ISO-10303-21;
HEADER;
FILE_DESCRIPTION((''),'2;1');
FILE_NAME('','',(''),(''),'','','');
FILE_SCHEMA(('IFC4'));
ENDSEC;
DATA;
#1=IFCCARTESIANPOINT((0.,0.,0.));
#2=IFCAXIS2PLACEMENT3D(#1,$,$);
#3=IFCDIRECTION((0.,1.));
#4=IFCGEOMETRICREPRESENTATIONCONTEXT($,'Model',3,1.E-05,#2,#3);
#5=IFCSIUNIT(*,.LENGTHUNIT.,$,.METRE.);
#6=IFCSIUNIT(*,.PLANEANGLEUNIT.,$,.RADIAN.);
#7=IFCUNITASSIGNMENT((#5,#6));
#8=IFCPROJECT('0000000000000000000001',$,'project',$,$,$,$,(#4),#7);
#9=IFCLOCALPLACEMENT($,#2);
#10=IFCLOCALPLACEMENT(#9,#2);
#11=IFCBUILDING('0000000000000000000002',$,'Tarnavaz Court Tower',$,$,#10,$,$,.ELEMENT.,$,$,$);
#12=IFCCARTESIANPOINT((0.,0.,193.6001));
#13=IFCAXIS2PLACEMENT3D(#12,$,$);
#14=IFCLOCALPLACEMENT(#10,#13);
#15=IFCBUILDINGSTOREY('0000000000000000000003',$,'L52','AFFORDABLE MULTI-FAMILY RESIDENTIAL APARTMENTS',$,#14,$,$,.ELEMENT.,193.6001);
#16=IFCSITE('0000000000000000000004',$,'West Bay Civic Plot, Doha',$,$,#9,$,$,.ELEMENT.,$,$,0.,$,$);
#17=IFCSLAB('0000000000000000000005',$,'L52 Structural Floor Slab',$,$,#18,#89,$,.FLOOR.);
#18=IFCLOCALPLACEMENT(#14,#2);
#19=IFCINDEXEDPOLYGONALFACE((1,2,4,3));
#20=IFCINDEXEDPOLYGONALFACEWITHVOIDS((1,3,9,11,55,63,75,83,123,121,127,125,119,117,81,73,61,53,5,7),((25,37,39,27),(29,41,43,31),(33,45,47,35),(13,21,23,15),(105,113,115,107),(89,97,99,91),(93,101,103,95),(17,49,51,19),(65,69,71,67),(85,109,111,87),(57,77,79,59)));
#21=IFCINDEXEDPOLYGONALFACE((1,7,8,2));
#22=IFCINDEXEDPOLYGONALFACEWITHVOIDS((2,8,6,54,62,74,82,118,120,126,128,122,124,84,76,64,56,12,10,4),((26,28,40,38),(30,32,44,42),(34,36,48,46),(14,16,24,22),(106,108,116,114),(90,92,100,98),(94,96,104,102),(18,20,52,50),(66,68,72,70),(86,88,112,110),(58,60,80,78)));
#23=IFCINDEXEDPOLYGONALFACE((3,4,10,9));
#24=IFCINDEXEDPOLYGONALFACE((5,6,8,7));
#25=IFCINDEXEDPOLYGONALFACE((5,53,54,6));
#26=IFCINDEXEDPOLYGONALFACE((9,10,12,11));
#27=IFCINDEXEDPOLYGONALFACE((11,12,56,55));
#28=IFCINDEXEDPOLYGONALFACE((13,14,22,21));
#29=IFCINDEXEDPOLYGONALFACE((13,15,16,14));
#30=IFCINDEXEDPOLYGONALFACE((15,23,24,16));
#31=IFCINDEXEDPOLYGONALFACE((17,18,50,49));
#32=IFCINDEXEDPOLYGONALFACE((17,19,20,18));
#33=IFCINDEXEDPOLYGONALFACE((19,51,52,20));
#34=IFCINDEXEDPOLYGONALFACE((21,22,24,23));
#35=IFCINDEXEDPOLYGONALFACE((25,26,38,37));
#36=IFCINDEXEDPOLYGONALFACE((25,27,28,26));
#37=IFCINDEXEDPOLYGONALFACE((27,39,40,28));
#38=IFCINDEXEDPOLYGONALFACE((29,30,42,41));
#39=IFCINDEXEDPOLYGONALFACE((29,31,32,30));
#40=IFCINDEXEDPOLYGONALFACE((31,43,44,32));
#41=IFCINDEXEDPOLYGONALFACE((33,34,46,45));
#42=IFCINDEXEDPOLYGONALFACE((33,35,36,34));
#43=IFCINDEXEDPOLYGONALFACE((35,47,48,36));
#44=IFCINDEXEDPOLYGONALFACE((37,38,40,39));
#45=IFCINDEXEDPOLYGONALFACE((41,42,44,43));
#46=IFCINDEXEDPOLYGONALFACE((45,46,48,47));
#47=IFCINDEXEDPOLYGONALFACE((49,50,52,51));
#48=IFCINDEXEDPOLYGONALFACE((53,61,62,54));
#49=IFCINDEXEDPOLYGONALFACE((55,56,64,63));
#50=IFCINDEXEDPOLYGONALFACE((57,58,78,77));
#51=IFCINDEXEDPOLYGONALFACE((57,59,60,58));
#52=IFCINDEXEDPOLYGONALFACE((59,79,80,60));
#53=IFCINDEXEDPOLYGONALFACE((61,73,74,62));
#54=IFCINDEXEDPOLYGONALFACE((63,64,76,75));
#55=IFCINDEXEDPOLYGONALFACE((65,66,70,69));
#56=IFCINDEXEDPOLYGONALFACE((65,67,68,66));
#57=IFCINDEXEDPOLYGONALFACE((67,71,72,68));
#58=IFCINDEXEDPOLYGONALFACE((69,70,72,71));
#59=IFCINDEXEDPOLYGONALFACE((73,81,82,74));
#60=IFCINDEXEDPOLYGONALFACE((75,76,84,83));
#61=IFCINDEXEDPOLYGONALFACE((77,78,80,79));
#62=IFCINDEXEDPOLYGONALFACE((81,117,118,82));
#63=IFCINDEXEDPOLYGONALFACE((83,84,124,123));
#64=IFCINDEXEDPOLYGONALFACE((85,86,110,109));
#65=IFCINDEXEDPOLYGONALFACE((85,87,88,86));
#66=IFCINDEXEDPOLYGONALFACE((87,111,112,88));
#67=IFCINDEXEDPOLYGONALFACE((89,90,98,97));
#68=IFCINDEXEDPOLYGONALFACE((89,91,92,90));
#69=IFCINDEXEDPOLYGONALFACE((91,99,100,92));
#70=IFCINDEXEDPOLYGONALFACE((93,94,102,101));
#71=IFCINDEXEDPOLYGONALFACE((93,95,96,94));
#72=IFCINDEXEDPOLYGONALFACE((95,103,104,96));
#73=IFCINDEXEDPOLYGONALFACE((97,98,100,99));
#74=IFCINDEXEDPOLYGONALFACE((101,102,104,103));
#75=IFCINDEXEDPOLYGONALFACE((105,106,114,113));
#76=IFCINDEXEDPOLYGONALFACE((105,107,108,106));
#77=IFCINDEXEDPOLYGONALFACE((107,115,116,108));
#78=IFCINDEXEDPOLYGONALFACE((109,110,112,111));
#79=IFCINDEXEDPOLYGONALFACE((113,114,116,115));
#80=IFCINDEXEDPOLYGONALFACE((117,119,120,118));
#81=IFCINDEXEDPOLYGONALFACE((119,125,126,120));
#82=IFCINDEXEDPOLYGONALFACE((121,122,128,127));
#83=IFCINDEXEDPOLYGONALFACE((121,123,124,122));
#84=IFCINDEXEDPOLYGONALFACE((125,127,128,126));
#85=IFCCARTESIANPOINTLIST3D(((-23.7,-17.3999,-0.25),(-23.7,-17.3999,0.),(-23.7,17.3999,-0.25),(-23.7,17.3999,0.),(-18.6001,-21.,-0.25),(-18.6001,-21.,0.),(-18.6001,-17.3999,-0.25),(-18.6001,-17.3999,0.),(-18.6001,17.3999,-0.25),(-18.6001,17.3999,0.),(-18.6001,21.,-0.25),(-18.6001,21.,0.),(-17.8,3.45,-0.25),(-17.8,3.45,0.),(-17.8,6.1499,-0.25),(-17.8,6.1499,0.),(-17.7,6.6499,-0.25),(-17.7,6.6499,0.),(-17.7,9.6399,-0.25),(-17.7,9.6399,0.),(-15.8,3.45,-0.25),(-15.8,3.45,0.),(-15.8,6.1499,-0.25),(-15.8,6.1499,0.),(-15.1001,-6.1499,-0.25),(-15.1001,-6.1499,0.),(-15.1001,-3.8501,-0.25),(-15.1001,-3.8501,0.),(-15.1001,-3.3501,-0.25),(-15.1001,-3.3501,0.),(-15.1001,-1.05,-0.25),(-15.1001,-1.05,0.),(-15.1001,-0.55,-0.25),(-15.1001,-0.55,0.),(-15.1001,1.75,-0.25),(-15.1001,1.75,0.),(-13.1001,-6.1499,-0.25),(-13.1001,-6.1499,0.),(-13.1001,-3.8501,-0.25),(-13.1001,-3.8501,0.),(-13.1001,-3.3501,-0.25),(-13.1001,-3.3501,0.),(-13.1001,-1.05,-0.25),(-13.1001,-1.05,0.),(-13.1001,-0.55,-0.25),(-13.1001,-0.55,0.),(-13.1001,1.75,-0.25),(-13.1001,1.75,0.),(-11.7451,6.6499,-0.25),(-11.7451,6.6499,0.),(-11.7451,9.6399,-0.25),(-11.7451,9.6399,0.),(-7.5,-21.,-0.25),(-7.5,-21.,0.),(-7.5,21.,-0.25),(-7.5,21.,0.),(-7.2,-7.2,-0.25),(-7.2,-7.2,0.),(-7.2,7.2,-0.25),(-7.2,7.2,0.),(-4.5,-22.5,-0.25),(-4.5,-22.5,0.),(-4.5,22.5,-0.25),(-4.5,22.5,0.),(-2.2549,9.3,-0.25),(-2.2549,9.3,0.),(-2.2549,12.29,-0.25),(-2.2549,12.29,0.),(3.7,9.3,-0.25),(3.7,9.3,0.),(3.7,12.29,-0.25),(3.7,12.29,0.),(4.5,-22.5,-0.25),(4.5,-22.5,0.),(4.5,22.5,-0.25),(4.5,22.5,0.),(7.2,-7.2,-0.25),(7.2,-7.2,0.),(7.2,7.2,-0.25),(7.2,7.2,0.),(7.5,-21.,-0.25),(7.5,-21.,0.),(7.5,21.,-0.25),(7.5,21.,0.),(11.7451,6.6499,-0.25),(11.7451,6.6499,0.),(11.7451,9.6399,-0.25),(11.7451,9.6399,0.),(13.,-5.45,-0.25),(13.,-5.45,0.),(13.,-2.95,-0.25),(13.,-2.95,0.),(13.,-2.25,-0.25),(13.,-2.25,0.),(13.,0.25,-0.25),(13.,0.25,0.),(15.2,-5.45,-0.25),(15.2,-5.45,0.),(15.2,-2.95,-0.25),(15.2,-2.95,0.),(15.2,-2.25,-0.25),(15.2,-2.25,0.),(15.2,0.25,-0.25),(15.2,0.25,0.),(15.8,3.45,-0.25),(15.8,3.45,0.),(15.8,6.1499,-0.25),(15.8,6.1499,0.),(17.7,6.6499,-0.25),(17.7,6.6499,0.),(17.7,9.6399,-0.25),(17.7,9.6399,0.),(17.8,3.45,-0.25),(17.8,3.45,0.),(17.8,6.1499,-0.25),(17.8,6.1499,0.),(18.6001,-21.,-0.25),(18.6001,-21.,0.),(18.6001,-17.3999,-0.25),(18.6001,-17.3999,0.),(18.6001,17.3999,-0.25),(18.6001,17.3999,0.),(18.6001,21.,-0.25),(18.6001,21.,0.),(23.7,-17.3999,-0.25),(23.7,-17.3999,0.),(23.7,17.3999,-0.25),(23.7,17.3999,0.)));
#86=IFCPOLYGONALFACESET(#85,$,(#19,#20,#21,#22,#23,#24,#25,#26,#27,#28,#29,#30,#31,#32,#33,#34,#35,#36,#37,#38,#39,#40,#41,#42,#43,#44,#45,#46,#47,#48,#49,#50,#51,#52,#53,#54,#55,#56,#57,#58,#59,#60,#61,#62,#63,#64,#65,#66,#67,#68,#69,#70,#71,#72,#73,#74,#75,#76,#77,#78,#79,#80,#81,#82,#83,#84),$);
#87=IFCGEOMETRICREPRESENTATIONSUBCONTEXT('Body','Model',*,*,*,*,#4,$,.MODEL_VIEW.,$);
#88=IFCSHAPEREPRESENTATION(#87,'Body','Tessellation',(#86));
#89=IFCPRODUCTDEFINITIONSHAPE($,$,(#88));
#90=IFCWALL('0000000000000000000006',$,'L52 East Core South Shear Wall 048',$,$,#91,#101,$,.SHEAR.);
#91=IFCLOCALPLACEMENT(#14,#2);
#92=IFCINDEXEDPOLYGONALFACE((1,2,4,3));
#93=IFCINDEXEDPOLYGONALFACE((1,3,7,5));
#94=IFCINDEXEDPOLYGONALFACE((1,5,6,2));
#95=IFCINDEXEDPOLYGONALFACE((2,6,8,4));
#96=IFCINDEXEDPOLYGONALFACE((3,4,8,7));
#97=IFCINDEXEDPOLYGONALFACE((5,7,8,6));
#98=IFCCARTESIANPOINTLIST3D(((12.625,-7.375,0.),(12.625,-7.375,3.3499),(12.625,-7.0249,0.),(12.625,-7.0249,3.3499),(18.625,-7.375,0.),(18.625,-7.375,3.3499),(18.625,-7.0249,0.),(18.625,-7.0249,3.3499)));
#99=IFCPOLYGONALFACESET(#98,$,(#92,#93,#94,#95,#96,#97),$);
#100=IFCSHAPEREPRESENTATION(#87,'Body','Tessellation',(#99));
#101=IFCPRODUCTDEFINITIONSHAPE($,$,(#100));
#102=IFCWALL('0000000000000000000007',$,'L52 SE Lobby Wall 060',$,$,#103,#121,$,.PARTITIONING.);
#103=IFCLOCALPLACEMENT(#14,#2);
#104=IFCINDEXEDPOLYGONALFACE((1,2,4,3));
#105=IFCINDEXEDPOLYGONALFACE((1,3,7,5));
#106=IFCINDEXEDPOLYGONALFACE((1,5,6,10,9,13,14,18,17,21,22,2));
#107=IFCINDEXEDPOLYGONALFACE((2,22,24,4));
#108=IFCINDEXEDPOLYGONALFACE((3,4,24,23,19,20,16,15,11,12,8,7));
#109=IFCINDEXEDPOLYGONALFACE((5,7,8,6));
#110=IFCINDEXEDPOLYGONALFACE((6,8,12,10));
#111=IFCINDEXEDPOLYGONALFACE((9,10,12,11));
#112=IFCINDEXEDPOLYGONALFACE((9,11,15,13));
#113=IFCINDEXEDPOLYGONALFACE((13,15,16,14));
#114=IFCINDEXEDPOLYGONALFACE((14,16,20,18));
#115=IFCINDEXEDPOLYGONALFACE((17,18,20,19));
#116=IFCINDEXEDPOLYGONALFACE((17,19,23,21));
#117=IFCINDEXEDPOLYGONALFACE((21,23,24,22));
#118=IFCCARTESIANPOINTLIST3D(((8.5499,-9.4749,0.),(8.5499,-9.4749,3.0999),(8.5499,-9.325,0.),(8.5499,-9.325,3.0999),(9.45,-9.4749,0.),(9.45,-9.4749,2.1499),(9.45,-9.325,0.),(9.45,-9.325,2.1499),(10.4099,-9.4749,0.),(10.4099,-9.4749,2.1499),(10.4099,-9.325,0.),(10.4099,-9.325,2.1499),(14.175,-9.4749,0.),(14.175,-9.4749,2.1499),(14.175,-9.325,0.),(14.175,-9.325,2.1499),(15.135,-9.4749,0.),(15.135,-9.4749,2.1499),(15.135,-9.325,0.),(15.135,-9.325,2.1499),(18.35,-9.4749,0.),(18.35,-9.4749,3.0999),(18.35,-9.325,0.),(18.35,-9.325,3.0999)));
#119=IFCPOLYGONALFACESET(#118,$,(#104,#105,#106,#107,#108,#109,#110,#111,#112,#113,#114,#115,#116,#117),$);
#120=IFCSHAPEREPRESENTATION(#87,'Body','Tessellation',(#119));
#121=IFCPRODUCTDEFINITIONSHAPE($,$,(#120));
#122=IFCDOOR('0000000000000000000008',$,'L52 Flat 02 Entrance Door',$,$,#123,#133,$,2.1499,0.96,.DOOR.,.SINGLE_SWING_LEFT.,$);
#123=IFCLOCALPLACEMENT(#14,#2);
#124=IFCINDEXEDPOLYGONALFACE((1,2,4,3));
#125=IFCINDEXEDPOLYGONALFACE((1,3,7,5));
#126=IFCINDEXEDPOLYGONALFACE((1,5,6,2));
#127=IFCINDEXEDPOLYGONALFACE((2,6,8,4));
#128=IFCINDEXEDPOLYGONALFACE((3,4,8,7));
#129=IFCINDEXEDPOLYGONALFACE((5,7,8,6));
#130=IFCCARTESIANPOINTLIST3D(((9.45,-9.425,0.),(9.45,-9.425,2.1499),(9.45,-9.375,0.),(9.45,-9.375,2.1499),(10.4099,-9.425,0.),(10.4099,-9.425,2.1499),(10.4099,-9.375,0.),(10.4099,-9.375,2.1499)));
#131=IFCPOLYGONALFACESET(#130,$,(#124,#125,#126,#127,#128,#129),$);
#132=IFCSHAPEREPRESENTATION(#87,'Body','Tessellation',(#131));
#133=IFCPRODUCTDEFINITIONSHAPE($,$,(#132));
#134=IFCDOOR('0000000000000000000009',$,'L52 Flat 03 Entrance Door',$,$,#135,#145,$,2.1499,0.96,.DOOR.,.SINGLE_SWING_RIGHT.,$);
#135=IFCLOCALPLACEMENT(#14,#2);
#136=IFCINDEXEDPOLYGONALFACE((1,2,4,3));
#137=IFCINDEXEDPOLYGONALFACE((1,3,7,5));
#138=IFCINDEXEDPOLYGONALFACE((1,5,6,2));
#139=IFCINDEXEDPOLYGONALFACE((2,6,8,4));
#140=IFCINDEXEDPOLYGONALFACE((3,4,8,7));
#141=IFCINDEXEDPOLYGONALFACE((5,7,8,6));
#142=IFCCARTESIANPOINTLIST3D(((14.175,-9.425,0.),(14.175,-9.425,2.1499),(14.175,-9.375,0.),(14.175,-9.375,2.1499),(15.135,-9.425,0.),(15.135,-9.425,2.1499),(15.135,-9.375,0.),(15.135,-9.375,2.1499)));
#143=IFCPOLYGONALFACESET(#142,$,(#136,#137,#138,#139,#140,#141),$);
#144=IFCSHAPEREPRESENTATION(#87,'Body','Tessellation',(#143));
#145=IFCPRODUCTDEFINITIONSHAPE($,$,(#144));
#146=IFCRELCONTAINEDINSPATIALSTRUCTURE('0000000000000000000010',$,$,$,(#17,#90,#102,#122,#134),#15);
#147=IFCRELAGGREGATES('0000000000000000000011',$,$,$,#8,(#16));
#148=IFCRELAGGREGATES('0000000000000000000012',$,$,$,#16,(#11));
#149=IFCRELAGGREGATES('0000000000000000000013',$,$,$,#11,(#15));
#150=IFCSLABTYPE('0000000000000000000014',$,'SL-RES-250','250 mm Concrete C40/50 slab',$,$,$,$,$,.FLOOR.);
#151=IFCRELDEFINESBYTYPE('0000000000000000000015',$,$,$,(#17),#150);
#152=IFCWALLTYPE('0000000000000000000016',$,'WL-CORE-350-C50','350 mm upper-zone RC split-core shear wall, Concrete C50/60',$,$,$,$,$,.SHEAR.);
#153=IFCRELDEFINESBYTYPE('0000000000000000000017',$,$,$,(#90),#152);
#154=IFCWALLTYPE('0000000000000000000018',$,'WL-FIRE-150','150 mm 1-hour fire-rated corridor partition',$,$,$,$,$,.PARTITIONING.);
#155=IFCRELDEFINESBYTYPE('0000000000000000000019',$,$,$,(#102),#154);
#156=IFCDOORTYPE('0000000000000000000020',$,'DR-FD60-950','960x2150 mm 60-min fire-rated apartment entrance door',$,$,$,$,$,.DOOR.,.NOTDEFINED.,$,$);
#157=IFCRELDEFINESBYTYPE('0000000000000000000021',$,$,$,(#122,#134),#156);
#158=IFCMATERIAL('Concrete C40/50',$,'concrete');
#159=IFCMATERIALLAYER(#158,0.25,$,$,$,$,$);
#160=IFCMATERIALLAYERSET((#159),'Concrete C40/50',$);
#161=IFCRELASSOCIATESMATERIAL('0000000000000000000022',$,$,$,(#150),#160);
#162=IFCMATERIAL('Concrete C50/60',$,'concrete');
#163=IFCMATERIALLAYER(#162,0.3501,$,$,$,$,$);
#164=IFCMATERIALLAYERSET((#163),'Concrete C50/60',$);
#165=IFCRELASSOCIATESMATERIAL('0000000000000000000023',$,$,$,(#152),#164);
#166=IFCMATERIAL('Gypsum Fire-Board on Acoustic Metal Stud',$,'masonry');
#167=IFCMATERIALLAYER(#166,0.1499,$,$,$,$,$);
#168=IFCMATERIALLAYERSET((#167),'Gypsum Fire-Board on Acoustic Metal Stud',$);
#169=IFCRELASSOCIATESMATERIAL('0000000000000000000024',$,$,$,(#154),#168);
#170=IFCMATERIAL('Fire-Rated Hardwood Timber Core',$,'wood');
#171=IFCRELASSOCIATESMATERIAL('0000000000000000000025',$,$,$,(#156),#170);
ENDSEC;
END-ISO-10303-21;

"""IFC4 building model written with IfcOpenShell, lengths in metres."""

from ifc_helpers import new_model, si_unit, direction, frame, frame_2d, origin, place, context, subcontext, project, spatial, polyline, rectangle, outline, extrude, material, layer, layer_set, type_object, element, fill, save


model = new_model("IFC4")

# Units and contexts
model_context = context("Model", 3, precision=1e-05, world=origin(), true_north=direction((0.0, 1.0)))
body_context = subcontext(model_context, "Body", "Model", "MODEL_VIEW")
ifc_project = project(units=[si_unit("LENGTHUNIT", "METRE"), si_unit("PLANEANGLEUNIT", "RADIAN")], contexts=[model_context])

# Site, building, storey
site_placement = place(None, origin())
site = spatial("IfcSite", under=ifc_project, at=site_placement, Name="West Bay Civic Plot, Doha", CompositionType="ELEMENT", RefElevation=0.0)
building_placement = place(site_placement, origin())
building = spatial("IfcBuilding", under=site, at=building_placement, Name="Tarnavaz Court Tower", CompositionType="ELEMENT")
storey_placement = place(building_placement, frame((0.0, 0.0, 193.6001)))
storey = spatial("IfcBuildingStorey", under=building, at=storey_placement, Name="L52", Description="AFFORDABLE MULTI-FAMILY RESIDENTIAL APARTMENTS", CompositionType="ELEMENT", Elevation=193.6001)

# Shared definitions
ifc_material_1 = material(Name="Concrete C50/60", Category="concrete")

# Shared definitions
ifc_material_2 = material(Name="Concrete C40/50", Category="concrete")

# Slab
ifc_layer_1 = layer(ifc_material_2, 0.25)
ifc_layer_set_1 = layer_set([ifc_layer_1], Name="Concrete C40/50")
slab_type_1 = type_object("IfcSlabType", Name="SL-RES-250", Description="250 mm Concrete C40/50 slab", PredefinedType="FLOOR", material=ifc_layer_set_1)
slab_1_placement = place(storey_placement, frame((0.0, 0.0, -0.25)))
element("IfcSlab", 1, at=slab_1_placement, inside=storey, type_object=slab_type_1, Name="L52 Structural Floor Slab", PredefinedType="FLOOR", context=body_context, shape_type="SweptSolid", body=[
    extrude(outline(polyline([(-18.6001, -21.0), (-7.5, -21.0), (-4.5, -22.5), (4.5, -22.5), (7.5, -21.0), (18.6001, -21.0), (18.6001, -17.3999), (23.7, -17.3999), (23.7, 17.3999), (18.6001, 17.3999), (18.6001, 21.0), (7.5, 21.0), (4.5, 22.5), (-4.5, 22.5), (-7.5, 21.0), (-18.6001, 21.0), (-18.6001, 17.3999), (-23.7, 17.3999), (-23.7, -17.3999), (-18.6001, -17.3999), (-18.6001, -21.0)]), holes=[polyline([(-7.2, -7.2), (7.2, -7.2), (7.2, 7.2), (-7.2, 7.2), (-7.2, -7.2)]), polyline([(-11.7451, 9.6399), (-17.7, 9.6399), (-17.7, 6.6499), (-11.7451, 6.6499), (-11.7451, 9.6399)]), polyline([(11.7451, 6.6499), (17.7, 6.6499), (17.7, 9.6399), (11.7451, 9.6399), (11.7451, 6.6499)]), polyline([(-2.2549, 9.3), (3.7, 9.3), (3.7, 12.29), (-2.2549, 12.29), (-2.2549, 9.3)]), polyline([(-17.8, 3.45), (-15.8, 3.45), (-15.8, 6.1499), (-17.8, 6.1499), (-17.8, 3.45)]), polyline([(-15.1001, -6.1499), (-13.1001, -6.1499), (-13.1001, -3.8501), (-15.1001, -3.8501), (-15.1001, -6.1499)]), polyline([(-15.1001, -3.3501), (-13.1001, -3.3501), (-13.1001, -1.05), (-15.1001, -1.05), (-15.1001, -3.3501)]), polyline([(-15.1001, -0.55), (-13.1001, -0.55), (-13.1001, 1.75), (-15.1001, 1.75), (-15.1001, -0.55)]), polyline([(15.8, 3.45), (17.8, 3.45), (17.8, 6.1499), (15.8, 6.1499), (15.8, 3.45)]), polyline([(13.0, -5.45), (15.2, -5.45), (15.2, -2.95), (13.0, -2.95), (13.0, -5.45)]), polyline([(13.0, -2.25), (15.2, -2.25), (15.2, 0.25), (13.0, 0.25), (13.0, -2.25)])]), origin(), (0.0, 0.0, 1.0), 0.25),
])

# Wall
ifc_layer_2 = layer(ifc_material_1, 0.3501)
ifc_layer_set_2 = layer_set([ifc_layer_2], Name="Concrete C50/60")
wall_type_1 = type_object("IfcWallType", Name="WL-CORE-350-C50", Description="350 mm upper-zone RC split-core shear wall, Concrete C50/60", PredefinedType="SHEAR", material=ifc_layer_set_2)
wall_1_placement = place(storey_placement, frame((12.625, -7.2, 0.0), z_axis=(0.0, 0.0, 1.0), x_axis=(1.0, 0.0, 0.0)))
element("IfcWall", 2, at=wall_1_placement, inside=storey, type_object=wall_type_1, Name="L52 East Core South Shear Wall 048", PredefinedType="SHEAR", context=body_context, shape_type="SweptSolid", body=[
    extrude(rectangle(XDim=6.0, YDim=0.3501, at=frame_2d((3.0, 0.0))), origin(), (0.0, 0.0, 1.0), 3.3499),
])

# Wall, openings, doors
ifc_material_3 = material(Name="Gypsum Fire-Board on Acoustic Metal Stud", Category="masonry")
ifc_layer_3 = layer(ifc_material_3, 0.1499)
ifc_layer_set_3 = layer_set([ifc_layer_3], Name="Gypsum Fire-Board on Acoustic Metal Stud")
wall_type_2 = type_object("IfcWallType", Name="WL-FIRE-150", Description="150 mm 1-hour fire-rated corridor partition", PredefinedType="PARTITIONING", material=ifc_layer_set_3)
wall_2_placement = place(storey_placement, frame((8.55, -9.3999, 0.0), z_axis=(0.0, 0.0, 1.0), x_axis=(1.0, 0.0, 0.0)))
wall_2 = element("IfcWall", 3, at=wall_2_placement, inside=storey, type_object=wall_type_2, Name="L52 SE Lobby Wall 060", PredefinedType="PARTITIONING", context=body_context, shape_type="SweptSolid", body=[
    extrude(rectangle(XDim=9.8, YDim=0.1499, at=frame_2d((4.8999, 0.0))), origin(), (0.0, 0.0, 1.0), 3.0999),
])
opening_1_placement = place(wall_2_placement, frame((0.8999, 0.0, 0.0)))
opening_1 = element("IfcOpeningElement", 4, at=opening_1_placement, cuts=wall_2, PredefinedType="OPENING", context=body_context, shape_type="SweptSolid", body=[
    extrude(rectangle(XDim=0.96, YDim=2.1499, at=frame_2d((0.48, 1.075))), frame((0.0, 0.085, 0.0), z_axis=(0.0, -1.0, 0.0), x_axis=(1.0, 0.0, 0.0)), (0.0, 0.0, 1.0), 0.1699),
])
opening_2_placement = place(wall_2_placement, frame((5.625, 0.0, 0.0)))
opening_2 = element("IfcOpeningElement", 5, at=opening_2_placement, cuts=wall_2, PredefinedType="OPENING", context=body_context, shape_type="SweptSolid", body=[
    extrude(rectangle(XDim=0.96, YDim=2.1499, at=frame_2d((0.48, 1.075))), frame((0.0, 0.085, 0.0), z_axis=(0.0, -1.0, 0.0), x_axis=(1.0, 0.0, 0.0)), (0.0, 0.0, 1.0), 0.1699),
])
ifc_material_4 = material(Name="Fire-Rated Hardwood Timber Core", Category="wood")
door_type_1 = type_object("IfcDoorType", Name="DR-FD60-950", Description="960x2150 mm 60-min fire-rated apartment entrance door", OperationType="NOTDEFINED", PredefinedType="DOOR", material=ifc_material_4)
door_1_placement = place(opening_1_placement, origin())
door_1 = element("IfcDoor", 6, at=door_1_placement, inside=storey, type_object=door_type_1, Name="L52 Flat 02 Entrance Door", OperationType="SINGLE_SWING_LEFT", OverallHeight=2.1499, OverallWidth=0.96, PredefinedType="DOOR", context=body_context, shape_type="SweptSolid", body=[
    extrude(rectangle(XDim=0.96, YDim=2.1499, at=frame_2d((0.48, 1.075))), frame((0.0, 0.0249, 0.0), z_axis=(0.0, -1.0, 0.0), x_axis=(1.0, 0.0, 0.0)), (0.0, 0.0, 1.0), 0.05),
])
fill(opening_1, door_1)
door_2_placement = place(opening_2_placement, origin())
door_2 = element("IfcDoor", 7, at=door_2_placement, inside=storey, type_object=door_type_1, Name="L52 Flat 03 Entrance Door", OperationType="SINGLE_SWING_RIGHT", OverallHeight=2.1499, OverallWidth=0.96, PredefinedType="DOOR", context=body_context, shape_type="SweptSolid", body=[
    extrude(rectangle(XDim=0.96, YDim=2.1499, at=frame_2d((0.48, 1.075))), frame((0.0, 0.0249, 0.0), z_axis=(0.0, -1.0, 0.0), x_axis=(1.0, 0.0, 0.0)), (0.0, 0.0, 1.0), 0.05),
])
fill(opening_2, door_2)

save(model, "model.ifc")
